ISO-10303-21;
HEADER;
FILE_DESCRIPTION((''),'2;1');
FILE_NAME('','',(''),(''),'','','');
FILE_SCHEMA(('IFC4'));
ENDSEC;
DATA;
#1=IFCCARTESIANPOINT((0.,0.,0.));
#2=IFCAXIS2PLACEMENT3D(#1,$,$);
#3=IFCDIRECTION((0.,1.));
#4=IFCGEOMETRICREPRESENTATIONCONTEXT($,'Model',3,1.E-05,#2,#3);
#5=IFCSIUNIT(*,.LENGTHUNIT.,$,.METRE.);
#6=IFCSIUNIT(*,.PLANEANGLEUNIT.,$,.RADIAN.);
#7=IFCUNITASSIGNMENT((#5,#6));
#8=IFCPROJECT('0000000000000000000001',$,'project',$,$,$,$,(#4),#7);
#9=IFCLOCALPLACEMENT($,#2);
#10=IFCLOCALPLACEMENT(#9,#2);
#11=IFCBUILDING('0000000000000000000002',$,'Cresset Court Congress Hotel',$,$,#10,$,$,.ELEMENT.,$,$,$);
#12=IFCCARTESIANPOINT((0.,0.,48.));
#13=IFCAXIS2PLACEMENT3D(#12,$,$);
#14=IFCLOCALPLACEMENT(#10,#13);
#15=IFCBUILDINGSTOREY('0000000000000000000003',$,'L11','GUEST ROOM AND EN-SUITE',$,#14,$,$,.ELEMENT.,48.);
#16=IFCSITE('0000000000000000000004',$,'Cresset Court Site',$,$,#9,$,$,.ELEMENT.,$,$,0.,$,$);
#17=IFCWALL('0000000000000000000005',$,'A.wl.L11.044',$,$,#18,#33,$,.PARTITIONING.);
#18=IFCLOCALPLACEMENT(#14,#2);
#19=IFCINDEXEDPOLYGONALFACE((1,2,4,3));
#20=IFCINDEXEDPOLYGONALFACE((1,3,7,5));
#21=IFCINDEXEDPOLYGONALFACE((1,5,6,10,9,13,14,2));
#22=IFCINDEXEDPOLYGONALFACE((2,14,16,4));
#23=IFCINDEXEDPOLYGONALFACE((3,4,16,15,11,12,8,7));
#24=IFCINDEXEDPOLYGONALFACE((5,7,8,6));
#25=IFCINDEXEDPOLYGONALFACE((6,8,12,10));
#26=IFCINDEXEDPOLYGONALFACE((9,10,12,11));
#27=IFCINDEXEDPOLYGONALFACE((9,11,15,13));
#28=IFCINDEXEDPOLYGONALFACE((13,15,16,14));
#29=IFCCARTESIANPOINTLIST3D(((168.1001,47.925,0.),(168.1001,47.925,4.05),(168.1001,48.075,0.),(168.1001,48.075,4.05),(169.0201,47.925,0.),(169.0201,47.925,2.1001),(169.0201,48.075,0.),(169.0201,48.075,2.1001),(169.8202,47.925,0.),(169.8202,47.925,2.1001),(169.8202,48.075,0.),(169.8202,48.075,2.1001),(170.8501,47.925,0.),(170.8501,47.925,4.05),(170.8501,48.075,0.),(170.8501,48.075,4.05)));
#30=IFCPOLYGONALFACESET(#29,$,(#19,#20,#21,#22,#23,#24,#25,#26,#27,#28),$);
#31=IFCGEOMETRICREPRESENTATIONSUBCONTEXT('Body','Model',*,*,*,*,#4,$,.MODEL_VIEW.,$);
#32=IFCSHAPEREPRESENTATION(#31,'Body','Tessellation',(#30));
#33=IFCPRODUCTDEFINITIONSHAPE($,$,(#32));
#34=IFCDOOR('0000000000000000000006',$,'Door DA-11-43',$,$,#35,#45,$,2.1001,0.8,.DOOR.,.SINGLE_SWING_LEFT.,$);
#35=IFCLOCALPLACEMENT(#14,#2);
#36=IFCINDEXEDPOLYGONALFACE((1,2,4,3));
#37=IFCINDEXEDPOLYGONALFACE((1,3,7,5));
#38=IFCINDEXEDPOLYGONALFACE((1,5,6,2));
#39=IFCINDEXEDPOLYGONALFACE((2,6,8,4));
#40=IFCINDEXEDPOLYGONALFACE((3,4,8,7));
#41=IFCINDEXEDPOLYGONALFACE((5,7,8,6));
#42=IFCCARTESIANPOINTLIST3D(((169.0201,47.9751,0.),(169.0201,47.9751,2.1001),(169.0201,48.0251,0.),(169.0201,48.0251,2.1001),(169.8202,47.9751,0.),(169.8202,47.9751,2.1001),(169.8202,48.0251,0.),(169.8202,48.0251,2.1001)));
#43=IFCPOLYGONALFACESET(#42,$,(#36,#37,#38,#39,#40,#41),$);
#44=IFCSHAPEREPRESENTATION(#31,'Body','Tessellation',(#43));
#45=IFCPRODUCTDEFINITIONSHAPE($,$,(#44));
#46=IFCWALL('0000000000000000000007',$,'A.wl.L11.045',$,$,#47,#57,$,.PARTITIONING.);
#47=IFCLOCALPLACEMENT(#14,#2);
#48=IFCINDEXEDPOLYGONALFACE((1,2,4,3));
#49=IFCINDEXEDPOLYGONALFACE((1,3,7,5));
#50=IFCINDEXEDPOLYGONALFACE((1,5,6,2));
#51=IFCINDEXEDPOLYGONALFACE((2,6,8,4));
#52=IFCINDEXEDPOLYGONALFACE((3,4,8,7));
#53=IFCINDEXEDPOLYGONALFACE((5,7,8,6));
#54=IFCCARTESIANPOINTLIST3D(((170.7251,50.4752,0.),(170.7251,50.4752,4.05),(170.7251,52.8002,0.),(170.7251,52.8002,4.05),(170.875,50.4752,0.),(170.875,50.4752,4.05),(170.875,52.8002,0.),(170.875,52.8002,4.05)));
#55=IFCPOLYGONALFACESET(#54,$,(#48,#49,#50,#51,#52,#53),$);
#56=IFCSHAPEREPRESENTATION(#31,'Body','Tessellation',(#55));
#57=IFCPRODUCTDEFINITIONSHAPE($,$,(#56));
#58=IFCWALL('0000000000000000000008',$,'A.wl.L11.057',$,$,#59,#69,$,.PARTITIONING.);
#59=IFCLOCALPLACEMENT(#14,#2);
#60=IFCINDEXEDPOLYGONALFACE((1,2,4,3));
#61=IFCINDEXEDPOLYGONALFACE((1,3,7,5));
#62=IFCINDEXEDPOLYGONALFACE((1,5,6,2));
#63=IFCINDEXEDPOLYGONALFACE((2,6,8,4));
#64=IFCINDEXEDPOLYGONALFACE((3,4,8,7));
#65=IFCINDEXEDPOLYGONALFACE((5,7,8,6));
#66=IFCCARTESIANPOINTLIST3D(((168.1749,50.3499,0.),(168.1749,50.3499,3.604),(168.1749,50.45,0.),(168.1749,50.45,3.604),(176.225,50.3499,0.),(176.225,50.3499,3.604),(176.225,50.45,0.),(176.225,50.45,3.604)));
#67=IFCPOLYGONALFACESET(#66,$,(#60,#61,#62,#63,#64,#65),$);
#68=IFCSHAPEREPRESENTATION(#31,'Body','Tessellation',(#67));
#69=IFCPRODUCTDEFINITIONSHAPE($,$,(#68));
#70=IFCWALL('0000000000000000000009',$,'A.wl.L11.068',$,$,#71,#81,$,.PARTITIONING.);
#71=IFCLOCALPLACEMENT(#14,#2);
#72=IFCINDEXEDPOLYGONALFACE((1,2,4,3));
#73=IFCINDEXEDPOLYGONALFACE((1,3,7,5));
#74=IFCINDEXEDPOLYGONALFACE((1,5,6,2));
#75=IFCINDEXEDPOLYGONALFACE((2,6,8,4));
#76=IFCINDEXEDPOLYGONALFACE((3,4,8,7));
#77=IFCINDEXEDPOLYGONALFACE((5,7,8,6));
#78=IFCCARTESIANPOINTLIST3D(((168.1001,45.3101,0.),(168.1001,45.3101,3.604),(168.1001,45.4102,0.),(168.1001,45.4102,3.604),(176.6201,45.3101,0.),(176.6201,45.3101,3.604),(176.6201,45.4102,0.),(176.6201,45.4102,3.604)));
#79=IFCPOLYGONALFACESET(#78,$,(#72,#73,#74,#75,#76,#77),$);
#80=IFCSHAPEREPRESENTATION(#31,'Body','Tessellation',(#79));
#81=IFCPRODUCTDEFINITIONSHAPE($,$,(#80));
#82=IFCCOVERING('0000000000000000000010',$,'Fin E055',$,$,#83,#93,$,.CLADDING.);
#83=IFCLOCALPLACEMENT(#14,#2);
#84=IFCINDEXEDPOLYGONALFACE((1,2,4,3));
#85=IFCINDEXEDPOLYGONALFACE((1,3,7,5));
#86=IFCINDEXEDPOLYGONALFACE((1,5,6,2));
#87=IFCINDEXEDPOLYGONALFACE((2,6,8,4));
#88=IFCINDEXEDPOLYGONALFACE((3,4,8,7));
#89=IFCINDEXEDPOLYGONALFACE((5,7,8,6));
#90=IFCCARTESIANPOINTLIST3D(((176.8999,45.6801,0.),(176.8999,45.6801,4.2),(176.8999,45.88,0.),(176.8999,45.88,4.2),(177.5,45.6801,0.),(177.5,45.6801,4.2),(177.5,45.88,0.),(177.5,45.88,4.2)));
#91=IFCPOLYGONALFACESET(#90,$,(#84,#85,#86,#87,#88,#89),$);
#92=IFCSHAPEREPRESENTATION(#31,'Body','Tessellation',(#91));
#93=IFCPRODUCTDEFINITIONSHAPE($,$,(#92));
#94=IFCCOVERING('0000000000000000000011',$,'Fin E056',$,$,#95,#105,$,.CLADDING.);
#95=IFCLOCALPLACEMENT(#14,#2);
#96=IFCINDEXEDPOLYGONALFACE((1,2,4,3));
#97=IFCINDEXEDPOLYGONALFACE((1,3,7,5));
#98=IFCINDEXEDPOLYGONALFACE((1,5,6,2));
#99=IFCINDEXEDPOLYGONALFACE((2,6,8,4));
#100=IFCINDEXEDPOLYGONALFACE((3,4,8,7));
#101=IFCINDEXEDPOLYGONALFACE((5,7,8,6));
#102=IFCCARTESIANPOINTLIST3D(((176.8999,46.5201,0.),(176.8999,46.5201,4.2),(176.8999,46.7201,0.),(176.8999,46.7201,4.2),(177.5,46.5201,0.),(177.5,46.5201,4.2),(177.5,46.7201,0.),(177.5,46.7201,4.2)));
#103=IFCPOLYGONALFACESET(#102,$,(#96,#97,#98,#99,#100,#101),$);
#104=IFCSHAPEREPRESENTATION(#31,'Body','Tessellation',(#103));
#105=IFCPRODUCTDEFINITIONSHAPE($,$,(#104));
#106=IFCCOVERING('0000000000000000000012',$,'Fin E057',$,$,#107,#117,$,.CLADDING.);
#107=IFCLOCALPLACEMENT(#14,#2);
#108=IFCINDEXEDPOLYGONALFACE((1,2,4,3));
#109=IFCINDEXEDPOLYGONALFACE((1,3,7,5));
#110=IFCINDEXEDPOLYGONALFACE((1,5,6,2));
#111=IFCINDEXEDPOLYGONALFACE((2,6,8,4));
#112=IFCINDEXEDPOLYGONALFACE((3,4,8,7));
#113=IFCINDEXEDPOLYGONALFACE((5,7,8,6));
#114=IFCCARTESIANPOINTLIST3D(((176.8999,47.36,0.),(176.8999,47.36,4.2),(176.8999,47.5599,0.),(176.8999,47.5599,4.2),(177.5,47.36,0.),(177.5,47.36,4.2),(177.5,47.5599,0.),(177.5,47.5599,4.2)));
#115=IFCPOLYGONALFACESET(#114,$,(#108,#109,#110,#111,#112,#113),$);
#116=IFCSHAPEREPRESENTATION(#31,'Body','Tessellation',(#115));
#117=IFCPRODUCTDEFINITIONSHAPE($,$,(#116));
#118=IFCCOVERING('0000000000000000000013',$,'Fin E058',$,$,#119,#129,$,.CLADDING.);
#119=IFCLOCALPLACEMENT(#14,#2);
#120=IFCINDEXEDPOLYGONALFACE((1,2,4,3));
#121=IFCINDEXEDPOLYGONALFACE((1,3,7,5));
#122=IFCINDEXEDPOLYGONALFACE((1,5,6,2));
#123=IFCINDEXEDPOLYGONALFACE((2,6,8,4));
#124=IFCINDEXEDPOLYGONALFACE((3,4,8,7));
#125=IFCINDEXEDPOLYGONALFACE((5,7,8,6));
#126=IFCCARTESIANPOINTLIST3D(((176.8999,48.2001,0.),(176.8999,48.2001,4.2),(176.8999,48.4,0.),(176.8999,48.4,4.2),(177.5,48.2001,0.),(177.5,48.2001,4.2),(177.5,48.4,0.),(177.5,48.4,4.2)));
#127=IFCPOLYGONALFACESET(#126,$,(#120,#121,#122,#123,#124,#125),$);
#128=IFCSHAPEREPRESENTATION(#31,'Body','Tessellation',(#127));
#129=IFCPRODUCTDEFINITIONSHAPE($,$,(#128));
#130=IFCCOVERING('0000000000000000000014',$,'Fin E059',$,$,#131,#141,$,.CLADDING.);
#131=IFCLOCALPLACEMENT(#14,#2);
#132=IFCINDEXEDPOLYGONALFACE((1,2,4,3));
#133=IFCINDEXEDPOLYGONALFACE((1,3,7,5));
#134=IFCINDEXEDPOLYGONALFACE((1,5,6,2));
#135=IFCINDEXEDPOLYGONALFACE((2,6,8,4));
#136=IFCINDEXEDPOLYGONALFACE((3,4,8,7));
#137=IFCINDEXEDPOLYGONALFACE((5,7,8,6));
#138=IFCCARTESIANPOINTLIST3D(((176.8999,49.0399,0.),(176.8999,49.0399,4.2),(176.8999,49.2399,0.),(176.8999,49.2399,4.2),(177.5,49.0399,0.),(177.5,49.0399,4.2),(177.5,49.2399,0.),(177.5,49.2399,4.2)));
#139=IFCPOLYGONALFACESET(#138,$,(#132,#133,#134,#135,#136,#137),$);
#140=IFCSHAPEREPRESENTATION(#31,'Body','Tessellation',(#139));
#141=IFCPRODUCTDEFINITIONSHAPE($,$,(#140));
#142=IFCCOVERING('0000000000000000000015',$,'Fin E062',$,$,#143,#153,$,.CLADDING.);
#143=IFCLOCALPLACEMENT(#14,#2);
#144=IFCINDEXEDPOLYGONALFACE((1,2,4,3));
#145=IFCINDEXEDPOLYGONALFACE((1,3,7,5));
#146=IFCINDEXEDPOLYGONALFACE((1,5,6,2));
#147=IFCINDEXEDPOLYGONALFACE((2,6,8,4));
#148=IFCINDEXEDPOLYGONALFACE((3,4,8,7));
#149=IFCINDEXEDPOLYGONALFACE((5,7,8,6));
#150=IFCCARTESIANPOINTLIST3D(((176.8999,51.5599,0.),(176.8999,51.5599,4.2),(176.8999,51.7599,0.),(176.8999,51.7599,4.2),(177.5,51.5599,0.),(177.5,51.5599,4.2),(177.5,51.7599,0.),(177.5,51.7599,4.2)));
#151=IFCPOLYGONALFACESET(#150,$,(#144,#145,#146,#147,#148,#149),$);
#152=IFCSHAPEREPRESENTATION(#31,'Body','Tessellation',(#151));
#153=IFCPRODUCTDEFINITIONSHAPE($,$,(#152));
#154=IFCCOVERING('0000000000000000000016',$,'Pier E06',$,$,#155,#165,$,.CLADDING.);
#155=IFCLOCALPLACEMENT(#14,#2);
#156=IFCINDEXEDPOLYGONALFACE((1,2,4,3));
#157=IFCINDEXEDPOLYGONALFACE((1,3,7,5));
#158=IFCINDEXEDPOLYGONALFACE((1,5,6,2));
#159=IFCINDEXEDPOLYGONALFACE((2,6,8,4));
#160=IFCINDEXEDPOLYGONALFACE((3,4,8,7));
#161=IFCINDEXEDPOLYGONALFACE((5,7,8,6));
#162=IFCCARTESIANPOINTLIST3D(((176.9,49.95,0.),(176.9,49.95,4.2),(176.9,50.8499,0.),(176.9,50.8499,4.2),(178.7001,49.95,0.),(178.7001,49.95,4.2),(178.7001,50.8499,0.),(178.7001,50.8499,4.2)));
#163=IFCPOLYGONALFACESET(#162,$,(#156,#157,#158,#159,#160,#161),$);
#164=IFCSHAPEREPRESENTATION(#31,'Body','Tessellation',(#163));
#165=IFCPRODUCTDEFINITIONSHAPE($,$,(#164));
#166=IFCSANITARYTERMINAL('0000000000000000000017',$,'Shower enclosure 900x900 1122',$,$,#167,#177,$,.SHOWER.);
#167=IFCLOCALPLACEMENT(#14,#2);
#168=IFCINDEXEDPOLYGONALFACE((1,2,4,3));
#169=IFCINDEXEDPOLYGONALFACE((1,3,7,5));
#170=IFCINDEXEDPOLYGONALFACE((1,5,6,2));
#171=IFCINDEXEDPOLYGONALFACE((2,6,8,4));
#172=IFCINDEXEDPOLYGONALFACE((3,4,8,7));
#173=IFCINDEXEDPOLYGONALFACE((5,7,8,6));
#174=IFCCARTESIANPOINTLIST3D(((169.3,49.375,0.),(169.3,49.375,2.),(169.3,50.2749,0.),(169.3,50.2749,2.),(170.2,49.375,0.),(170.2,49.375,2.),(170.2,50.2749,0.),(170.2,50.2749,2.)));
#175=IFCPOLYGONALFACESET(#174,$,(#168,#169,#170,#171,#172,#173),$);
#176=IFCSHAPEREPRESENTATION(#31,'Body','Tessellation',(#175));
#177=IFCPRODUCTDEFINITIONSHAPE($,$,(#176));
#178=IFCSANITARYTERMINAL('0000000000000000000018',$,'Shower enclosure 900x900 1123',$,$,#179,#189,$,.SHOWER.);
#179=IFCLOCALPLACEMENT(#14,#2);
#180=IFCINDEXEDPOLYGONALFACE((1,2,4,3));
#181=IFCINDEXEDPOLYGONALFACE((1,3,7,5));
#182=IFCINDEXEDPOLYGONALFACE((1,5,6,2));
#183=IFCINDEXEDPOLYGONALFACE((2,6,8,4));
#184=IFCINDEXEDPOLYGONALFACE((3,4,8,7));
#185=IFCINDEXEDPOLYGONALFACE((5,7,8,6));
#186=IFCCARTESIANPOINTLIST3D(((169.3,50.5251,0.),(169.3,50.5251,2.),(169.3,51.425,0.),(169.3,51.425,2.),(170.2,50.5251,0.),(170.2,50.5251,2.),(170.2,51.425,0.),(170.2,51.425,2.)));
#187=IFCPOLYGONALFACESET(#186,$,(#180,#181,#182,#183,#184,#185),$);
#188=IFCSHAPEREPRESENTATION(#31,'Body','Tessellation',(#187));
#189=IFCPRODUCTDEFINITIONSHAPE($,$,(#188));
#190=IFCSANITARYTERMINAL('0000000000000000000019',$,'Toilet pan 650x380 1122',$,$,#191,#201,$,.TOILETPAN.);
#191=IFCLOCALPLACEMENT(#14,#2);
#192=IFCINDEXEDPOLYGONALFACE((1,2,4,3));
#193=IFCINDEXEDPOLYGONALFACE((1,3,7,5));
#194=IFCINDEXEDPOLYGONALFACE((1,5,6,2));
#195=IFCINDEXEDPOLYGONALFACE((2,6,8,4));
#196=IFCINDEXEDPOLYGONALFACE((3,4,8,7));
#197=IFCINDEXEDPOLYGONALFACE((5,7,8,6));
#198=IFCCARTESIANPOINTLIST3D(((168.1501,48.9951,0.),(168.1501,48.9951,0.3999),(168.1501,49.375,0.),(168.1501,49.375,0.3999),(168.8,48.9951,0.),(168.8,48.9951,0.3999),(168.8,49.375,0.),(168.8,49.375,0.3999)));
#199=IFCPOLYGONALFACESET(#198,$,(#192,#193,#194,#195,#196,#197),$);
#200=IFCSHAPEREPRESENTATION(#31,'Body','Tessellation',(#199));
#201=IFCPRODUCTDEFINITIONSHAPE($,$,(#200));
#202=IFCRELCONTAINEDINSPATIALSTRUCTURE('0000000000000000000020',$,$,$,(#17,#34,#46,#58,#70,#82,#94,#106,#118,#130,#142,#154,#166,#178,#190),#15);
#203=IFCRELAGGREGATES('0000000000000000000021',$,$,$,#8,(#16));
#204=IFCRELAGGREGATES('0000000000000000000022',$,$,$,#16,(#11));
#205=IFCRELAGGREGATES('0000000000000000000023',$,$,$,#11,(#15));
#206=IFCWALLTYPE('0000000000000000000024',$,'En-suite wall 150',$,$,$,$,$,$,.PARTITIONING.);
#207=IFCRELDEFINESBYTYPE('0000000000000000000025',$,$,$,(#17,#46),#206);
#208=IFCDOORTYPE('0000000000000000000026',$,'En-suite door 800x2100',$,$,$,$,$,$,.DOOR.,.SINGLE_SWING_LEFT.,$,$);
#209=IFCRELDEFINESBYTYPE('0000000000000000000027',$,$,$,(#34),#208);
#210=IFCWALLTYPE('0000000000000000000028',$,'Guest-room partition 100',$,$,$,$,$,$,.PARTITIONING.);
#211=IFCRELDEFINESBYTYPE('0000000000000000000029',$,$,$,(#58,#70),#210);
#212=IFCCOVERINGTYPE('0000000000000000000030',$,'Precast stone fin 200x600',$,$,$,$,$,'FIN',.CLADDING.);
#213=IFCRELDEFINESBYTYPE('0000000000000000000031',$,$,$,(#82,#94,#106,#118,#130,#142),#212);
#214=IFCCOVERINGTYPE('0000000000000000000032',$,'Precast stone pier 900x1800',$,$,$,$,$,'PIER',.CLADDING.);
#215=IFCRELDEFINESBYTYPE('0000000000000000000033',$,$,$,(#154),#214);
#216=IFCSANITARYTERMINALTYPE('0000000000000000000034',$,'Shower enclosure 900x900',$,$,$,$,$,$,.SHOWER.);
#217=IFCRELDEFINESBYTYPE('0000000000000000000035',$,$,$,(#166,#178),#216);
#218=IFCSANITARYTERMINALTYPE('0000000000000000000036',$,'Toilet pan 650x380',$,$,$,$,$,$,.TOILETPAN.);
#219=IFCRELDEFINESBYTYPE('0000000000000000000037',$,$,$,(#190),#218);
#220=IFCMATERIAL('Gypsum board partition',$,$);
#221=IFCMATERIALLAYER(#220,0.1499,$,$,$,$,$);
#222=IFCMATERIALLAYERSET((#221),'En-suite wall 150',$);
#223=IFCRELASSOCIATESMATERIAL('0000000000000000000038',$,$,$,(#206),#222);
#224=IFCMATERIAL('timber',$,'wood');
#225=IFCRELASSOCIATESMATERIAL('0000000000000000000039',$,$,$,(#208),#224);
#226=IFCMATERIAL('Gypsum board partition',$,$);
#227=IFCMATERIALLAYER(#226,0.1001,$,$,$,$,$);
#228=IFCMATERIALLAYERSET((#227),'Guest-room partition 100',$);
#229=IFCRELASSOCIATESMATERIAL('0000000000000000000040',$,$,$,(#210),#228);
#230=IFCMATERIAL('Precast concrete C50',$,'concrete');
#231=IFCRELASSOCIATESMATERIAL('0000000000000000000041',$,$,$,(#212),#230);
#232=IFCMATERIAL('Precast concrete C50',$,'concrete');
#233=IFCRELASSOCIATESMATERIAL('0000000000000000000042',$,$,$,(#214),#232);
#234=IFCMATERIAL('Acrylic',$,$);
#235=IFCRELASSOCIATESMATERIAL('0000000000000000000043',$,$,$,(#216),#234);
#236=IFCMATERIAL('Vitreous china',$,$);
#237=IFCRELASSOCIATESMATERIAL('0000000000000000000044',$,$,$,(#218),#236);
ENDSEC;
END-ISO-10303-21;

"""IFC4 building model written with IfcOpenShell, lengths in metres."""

from ifc_helpers import new_model, si_unit, direction, frame, frame_2d, origin, origin_2d, place, context, subcontext, project, spatial, rectangle, extrude, material, layer, layer_set, type_object, element, fill, save


model = new_model("IFC4")

# Units and contexts
model_context = context("Model", 3, precision=1e-05, world=origin(), true_north=direction((0.0, 1.0)))
body_context = subcontext(model_context, "Body", "Model", "MODEL_VIEW")
ifc_project = project(units=[si_unit("LENGTHUNIT", "METRE"), si_unit("PLANEANGLEUNIT", "RADIAN")], contexts=[model_context])

# Site, building, storey
site_placement = place(None, origin())
site = spatial("IfcSite", under=ifc_project, at=site_placement, Name="Cresset Court Site", CompositionType="ELEMENT", RefElevation=0.0)
building_placement = place(site_placement, origin())
building = spatial("IfcBuilding", under=site, at=building_placement, Name="Cresset Court Congress Hotel", CompositionType="ELEMENT")
storey_placement = place(building_placement, frame((0.0, 0.0, 48.0)))
storey = spatial("IfcBuildingStorey", under=building, at=storey_placement, Name="L11", Description="GUEST ROOM AND EN-SUITE", CompositionType="ELEMENT", Elevation=48.0)

# Shared definitions
ifc_material_1 = material(Name="Gypsum board partition")
ifc_layer_1 = layer(ifc_material_1, 0.1499)
ifc_layer_set_1 = layer_set([ifc_layer_1], Name="En-suite wall 150")
wall_type_1 = type_object("IfcWallType", Name="En-suite wall 150", PredefinedType="PARTITIONING", material=ifc_layer_set_1)

# Wall, opening, door
wall_1_placement = place(storey_placement, frame((170.8501, 48.0, 0.0), z_axis=(0.0, 0.0, 1.0), x_axis=(-1.0, 0.0, 0.0)))
wall_1 = element("IfcWall", 1, at=wall_1_placement, inside=storey, type_object=wall_type_1, Name="A.wl.L11.044", PredefinedType="PARTITIONING", context=body_context, shape_type="SweptSolid", body=[
    extrude(rectangle(XDim=2.75, YDim=0.1499, at=frame_2d((1.375, 0.0))), origin(), (0.0, 0.0, 1.0), 4.05),
])
opening_1_placement = place(wall_1_placement, frame((1.03, 0.0, 0.0)))
opening_1 = element("IfcOpeningElement", 2, at=opening_1_placement, cuts=wall_1, PredefinedType="OPENING", context=body_context, shape_type="SweptSolid", body=[
    extrude(rectangle(XDim=0.8, YDim=2.1001, at=frame_2d((0.3999, 1.05))), frame((0.0, 0.085, 0.0), z_axis=(0.0, -1.0, 0.0), x_axis=(1.0, 0.0, 0.0)), (0.0, 0.0, 1.0), 0.1699),
])
ifc_material_2 = material(Name="timber", Category="wood")
door_type_1 = type_object("IfcDoorType", Name="En-suite door 800x2100", OperationType="SINGLE_SWING_LEFT", PredefinedType="DOOR", material=ifc_material_2)
door_1_placement = place(opening_1_placement, origin())
door_1 = element("IfcDoor", 3, at=door_1_placement, inside=storey, type_object=door_type_1, Name="Door DA-11-43", OperationType="SINGLE_SWING_LEFT", OverallHeight=2.1001, OverallWidth=0.8, PredefinedType="DOOR", context=body_context, shape_type="SweptSolid", body=[
    extrude(rectangle(XDim=0.8, YDim=2.1001, at=frame_2d((0.3999, 1.05))), frame((0.0, 0.0249, 0.0), z_axis=(0.0, -1.0, 0.0), x_axis=(1.0, 0.0, 0.0)), (0.0, 0.0, 1.0), 0.05),
])
fill(opening_1, door_1)

# Walls
wall_2_placement = place(storey_placement, frame((170.8, 50.4751, 0.0), z_axis=(0.0, 0.0, 1.0), x_axis=(0.0, 1.0, 0.0)))
element("IfcWall", 4, at=wall_2_placement, inside=storey, type_object=wall_type_1, Name="A.wl.L11.045", PredefinedType="PARTITIONING", context=body_context, shape_type="SweptSolid", body=[
    extrude(rectangle(XDim=2.325, YDim=0.1499, at=frame_2d((1.1626, 0.0))), origin(), (0.0, 0.0, 1.0), 4.05),
])
ifc_material_3 = material(Name="Gypsum board partition")
ifc_layer_2 = layer(ifc_material_3, 0.1001)
ifc_layer_set_2 = layer_set([ifc_layer_2], Name="Guest-room partition 100")
wall_type_2 = type_object("IfcWallType", Name="Guest-room partition 100", PredefinedType="PARTITIONING", material=ifc_layer_set_2)
wall_3_placement = place(storey_placement, frame((168.175, 50.3999, 0.0), z_axis=(0.0, 0.0, 1.0), x_axis=(1.0, 0.0, 0.0)))
element("IfcWall", 5, at=wall_3_placement, inside=storey, type_object=wall_type_2, Name="A.wl.L11.057", PredefinedType="PARTITIONING", context=body_context, shape_type="SweptSolid", body=[
    extrude(rectangle(XDim=8.05, YDim=0.1001, at=frame_2d((4.0249, 0.0))), origin(), (0.0, 0.0, 1.0), 3.604),
])
wall_4_placement = place(storey_placement, frame((168.1001, 45.3601, 0.0), z_axis=(0.0, 0.0, 1.0), x_axis=(1.0, 0.0, 0.0)))
element("IfcWall", 6, at=wall_4_placement, inside=storey, type_object=wall_type_2, Name="A.wl.L11.068", PredefinedType="PARTITIONING", context=body_context, shape_type="SweptSolid", body=[
    extrude(rectangle(XDim=8.52, YDim=0.1001, at=frame_2d((4.26, 0.0))), origin(), (0.0, 0.0, 1.0), 3.604),
])

# Coverings
ifc_material_4 = material(Name="Precast concrete C50", Category="concrete")
covering_type_1 = type_object("IfcCoveringType", Name="Precast stone fin 200x600", ElementType="FIN", PredefinedType="CLADDING", material=ifc_material_4)
for number, where, z_axis, x_axis, name in (
    (7, (177.2, 45.78, 0.0), (0.0, 0.0, 1.0), (1.0, 0.0, 0.0), "Fin E055"),
    (8, (177.2, 46.6201, 0.0), (0.0, 0.0, 1.0), (1.0, 0.0, 0.0), "Fin E056"),
    (9, (177.2, 47.46, 0.0), (0.0, 0.0, 1.0), (1.0, 0.0, 0.0), "Fin E057"),
    (10, (177.2, 48.3, 0.0), (0.0, 0.0, 1.0), (1.0, 0.0, 0.0), "Fin E058"),
    (11, (177.2, 49.1399, 0.0), (0.0, 0.0, 1.0), (1.0, 0.0, 0.0), "Fin E059"),
    (12, (177.2, 51.6599, 0.0), (0.0, 0.0, 1.0), (1.0, 0.0, 0.0), "Fin E062"),
):
    element("IfcCovering", number, at=place(storey_placement, frame(where, z_axis=z_axis, x_axis=x_axis)), inside=storey, type_object=covering_type_1, Name=name, PredefinedType="CLADDING", context=body_context, shape_type="SweptSolid", body=[
        extrude(rectangle(XDim=0.6001, YDim=0.2, at=origin_2d()), origin(), (0.0, 0.0, 1.0), 4.2),
    ])
ifc_material_5 = material(Name="Precast concrete C50", Category="concrete")
covering_type_2 = type_object("IfcCoveringType", Name="Precast stone pier 900x1800", ElementType="PIER", PredefinedType="CLADDING", material=ifc_material_5)
covering_placement = place(storey_placement, frame((177.8, 50.3999, 0.0), z_axis=(0.0, 0.0, 1.0), x_axis=(1.0, 0.0, 0.0)))
element("IfcCovering", 13, at=covering_placement, inside=storey, type_object=covering_type_2, Name="Pier E06", PredefinedType="CLADDING", context=body_context, shape_type="SweptSolid", body=[
    extrude(rectangle(XDim=1.8, YDim=0.8999, at=origin_2d()), origin(), (0.0, 0.0, 1.0), 4.2),
])

# Sanitary terminals
ifc_material_6 = material(Name="Acrylic")
sanitary_terminal_type_1 = type_object("IfcSanitaryTerminalType", Name="Shower enclosure 900x900", PredefinedType="SHOWER", material=ifc_material_6)
for number, where, z_axis, x_axis, name in (
    (14, (169.75, 49.825, 0.0), (0.0, 0.0, 1.0), (1.0, 0.0, 0.0), "Shower enclosure 900x900 1122"),
    (15, (169.75, 50.9751, 0.0), (0.0, 0.0, 1.0), (1.0, 0.0, 0.0), "Shower enclosure 900x900 1123"),
):
    element("IfcSanitaryTerminal", number, at=place(storey_placement, frame(where, z_axis=z_axis, x_axis=x_axis)), inside=storey, type_object=sanitary_terminal_type_1, Name=name, PredefinedType="SHOWER", context=body_context, shape_type="SweptSolid", body=[
        extrude(rectangle(XDim=0.8999, YDim=0.8999, at=origin_2d()), origin(), (0.0, 0.0, 1.0), 2.0),
    ])
ifc_material_7 = material(Name="Vitreous china")
sanitary_terminal_type_2 = type_object("IfcSanitaryTerminalType", Name="Toilet pan 650x380", PredefinedType="TOILETPAN", material=ifc_material_7)
for number, where, z_axis, x_axis, name in (
    (16, (168.4751, 49.1851, 0.0), (0.0, 0.0, 1.0), (1.0, 0.0, 0.0), "Toilet pan 650x380 1122"),
):
    element("IfcSanitaryTerminal", number, at=place(storey_placement, frame(where, z_axis=z_axis, x_axis=x_axis)), inside=storey, type_object=sanitary_terminal_type_2, Name=name, PredefinedType="TOILETPAN", context=body_context, shape_type="SweptSolid", body=[
        extrude(rectangle(XDim=0.6499, YDim=0.3799, at=origin_2d()), origin(), (0.0, 0.0, 1.0), 0.3999),
    ])

save(model, "model.ifc")
